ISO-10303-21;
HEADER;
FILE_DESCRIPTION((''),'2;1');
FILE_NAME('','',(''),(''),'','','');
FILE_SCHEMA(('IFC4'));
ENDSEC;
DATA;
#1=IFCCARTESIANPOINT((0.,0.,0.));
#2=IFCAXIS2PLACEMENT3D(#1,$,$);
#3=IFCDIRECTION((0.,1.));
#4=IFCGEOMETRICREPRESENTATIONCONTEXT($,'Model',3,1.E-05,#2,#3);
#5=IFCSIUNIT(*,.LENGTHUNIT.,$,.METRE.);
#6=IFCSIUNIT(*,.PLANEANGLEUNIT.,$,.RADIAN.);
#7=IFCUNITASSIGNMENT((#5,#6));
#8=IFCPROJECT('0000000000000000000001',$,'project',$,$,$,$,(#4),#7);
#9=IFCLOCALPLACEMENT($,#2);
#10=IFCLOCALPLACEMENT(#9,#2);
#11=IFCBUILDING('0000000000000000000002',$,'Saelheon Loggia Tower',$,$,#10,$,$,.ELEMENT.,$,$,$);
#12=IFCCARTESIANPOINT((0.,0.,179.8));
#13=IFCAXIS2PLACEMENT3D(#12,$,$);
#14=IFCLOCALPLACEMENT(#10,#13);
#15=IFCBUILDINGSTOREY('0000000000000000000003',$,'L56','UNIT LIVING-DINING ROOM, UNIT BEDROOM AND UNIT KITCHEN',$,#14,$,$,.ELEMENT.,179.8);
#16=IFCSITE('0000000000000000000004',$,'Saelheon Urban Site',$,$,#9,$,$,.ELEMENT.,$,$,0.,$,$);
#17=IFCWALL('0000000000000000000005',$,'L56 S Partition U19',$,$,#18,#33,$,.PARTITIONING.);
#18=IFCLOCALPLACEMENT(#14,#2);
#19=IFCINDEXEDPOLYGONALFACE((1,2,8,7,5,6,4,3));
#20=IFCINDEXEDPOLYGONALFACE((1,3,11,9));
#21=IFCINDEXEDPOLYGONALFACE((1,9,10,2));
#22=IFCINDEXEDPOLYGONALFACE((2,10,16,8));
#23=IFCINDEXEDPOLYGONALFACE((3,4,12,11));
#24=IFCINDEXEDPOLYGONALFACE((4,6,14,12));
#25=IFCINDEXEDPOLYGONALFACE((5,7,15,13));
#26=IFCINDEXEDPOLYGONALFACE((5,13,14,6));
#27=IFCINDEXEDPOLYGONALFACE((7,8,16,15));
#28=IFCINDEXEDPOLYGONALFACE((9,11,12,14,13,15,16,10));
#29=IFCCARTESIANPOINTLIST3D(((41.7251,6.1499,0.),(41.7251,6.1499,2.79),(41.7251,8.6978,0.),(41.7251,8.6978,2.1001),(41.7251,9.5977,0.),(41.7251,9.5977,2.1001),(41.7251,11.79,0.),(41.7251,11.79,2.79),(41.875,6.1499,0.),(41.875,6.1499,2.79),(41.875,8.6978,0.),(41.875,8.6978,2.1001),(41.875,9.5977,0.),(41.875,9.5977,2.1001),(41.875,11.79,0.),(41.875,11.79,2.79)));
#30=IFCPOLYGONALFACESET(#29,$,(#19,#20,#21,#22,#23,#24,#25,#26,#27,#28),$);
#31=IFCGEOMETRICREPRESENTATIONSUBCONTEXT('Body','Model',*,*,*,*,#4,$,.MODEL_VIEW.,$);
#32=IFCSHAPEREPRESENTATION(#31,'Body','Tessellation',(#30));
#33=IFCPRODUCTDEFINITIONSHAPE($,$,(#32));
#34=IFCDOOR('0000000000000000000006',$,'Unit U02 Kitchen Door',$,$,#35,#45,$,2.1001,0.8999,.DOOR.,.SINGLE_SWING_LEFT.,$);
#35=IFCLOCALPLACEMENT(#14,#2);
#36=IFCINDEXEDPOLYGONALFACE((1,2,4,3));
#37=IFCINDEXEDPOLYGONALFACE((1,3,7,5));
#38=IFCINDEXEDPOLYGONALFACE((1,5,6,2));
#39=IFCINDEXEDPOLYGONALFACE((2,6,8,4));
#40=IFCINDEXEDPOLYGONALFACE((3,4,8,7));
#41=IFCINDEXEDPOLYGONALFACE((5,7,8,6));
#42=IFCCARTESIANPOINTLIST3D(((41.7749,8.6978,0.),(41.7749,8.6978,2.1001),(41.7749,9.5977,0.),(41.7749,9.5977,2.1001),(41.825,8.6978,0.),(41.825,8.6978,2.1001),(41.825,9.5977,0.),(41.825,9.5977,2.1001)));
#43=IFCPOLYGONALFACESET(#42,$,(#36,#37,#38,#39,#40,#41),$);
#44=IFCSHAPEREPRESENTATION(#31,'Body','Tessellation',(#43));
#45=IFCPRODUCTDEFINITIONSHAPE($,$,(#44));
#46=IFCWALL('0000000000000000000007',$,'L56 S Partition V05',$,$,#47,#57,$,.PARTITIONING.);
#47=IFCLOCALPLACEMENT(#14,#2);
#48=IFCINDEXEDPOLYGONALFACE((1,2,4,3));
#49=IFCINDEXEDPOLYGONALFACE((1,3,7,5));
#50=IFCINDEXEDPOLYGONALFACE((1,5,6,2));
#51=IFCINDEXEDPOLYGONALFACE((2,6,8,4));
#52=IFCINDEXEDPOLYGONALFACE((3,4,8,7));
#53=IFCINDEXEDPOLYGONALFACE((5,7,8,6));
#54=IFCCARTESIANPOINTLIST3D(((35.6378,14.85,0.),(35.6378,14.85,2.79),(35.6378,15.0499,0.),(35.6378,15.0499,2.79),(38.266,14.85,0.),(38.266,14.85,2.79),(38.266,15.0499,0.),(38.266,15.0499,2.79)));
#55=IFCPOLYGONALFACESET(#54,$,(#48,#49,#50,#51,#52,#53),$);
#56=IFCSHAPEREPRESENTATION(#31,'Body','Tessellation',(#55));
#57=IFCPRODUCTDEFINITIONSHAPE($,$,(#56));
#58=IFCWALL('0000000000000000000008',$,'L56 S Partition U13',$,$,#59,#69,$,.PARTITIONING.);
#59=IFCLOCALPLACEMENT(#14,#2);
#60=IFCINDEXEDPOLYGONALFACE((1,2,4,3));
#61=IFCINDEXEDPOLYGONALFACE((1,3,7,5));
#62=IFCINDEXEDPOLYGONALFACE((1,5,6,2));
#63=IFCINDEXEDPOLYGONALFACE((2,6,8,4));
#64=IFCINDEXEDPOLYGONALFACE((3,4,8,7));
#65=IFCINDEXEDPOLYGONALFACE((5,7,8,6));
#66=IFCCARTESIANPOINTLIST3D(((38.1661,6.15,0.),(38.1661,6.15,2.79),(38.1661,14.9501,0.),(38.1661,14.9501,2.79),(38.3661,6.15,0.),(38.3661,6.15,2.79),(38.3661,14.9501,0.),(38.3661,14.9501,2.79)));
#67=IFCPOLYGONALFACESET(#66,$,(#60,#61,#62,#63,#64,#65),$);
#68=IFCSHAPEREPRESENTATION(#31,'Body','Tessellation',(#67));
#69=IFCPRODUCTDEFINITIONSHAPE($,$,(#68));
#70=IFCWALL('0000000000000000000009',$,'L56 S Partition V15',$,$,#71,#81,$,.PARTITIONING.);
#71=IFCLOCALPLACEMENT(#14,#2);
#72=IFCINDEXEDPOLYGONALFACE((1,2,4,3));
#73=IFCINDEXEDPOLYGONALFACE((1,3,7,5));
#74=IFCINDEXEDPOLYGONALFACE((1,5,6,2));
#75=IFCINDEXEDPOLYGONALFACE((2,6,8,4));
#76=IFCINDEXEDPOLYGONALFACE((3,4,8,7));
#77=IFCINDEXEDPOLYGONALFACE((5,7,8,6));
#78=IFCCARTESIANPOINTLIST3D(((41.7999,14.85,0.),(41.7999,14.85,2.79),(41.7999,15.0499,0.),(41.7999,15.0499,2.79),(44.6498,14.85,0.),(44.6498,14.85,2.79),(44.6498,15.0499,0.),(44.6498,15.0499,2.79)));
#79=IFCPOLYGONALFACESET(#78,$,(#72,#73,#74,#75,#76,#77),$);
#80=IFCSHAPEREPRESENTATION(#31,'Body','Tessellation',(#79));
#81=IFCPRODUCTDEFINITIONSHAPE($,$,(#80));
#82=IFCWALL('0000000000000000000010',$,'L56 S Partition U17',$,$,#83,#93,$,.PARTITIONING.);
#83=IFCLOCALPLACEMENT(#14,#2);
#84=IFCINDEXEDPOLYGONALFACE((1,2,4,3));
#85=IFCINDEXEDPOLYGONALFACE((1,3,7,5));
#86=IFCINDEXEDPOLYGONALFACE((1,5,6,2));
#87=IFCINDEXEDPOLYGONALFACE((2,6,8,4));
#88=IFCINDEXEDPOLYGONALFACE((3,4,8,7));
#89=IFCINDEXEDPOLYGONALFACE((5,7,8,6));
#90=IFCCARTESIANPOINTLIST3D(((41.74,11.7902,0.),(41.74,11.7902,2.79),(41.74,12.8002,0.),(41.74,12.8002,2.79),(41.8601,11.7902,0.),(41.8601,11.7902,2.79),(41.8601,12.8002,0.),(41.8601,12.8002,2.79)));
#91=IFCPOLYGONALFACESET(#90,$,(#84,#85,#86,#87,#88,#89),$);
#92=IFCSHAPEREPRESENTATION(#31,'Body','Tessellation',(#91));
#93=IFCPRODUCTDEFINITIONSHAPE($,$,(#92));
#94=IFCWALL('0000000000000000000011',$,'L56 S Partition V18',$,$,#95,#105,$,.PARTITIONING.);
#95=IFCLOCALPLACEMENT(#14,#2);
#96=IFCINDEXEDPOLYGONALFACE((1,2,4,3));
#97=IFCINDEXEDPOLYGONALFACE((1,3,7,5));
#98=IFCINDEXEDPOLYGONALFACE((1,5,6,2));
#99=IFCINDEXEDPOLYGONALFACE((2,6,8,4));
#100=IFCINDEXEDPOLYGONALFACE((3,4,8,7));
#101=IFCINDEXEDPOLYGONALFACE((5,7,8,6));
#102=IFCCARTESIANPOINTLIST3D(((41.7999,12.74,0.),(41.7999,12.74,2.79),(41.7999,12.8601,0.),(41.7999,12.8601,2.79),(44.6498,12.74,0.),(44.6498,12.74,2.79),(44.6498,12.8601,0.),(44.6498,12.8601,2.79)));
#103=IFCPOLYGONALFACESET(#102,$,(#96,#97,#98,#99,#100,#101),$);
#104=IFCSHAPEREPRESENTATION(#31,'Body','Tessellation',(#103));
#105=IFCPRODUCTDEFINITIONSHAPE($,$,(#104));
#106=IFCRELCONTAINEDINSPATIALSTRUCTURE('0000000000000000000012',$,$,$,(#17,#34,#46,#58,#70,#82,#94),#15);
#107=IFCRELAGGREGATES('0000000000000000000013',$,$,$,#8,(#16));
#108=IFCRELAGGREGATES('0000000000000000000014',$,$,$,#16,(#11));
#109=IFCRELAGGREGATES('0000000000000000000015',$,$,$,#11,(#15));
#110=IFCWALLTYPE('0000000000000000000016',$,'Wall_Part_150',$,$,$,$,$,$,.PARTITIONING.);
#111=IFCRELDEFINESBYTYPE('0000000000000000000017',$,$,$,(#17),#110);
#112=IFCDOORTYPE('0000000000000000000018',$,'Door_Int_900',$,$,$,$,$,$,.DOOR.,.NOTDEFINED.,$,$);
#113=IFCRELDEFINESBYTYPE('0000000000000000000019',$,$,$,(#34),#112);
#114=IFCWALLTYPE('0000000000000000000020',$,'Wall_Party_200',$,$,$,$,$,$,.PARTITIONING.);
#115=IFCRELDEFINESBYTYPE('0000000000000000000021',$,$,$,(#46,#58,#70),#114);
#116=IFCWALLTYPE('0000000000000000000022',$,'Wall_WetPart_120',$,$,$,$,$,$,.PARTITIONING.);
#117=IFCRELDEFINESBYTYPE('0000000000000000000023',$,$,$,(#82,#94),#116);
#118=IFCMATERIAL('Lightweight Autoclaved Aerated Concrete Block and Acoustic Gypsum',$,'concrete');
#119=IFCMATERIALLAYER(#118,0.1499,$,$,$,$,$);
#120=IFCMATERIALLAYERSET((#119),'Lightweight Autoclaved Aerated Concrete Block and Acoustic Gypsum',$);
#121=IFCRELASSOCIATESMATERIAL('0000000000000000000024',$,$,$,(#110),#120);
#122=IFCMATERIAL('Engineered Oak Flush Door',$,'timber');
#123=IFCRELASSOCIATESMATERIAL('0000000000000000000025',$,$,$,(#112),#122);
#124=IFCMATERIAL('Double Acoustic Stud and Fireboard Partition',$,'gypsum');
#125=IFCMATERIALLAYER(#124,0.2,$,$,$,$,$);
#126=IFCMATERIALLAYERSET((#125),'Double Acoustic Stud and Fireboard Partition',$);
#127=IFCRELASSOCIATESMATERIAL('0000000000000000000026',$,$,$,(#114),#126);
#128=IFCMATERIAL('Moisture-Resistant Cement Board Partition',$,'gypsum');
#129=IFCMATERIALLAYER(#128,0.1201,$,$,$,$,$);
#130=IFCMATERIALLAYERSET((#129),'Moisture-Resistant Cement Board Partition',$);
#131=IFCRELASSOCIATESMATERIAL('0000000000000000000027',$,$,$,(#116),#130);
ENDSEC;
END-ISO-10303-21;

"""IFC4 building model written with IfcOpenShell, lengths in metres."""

from ifc_helpers import new_model, si_unit, direction, frame, frame_2d, origin, place, context, subcontext, project, spatial, rectangle, extrude, source, transform, mapped, material, layer, layer_set, type_object, element, fill, save


model = new_model("IFC4")

# Units and contexts
model_context = context("Model", 3, precision=1e-05, world=origin(), true_north=direction((0.0, 1.0)))
body_context = subcontext(model_context, "Body", "Model", "MODEL_VIEW")
ifc_project = project(units=[si_unit("LENGTHUNIT", "METRE"), si_unit("PLANEANGLEUNIT", "RADIAN")], contexts=[model_context])

# Site, building, storey
site_placement = place(None, origin())
site = spatial("IfcSite", under=ifc_project, at=site_placement, Name="Saelheon Urban Site", CompositionType="ELEMENT", RefElevation=0.0)
building_placement = place(site_placement, origin())
building = spatial("IfcBuilding", under=site, at=building_placement, Name="Saelheon Loggia Tower", CompositionType="ELEMENT")
storey_placement = place(building_placement, frame((0.0, 0.0, 179.8)))
storey = spatial("IfcBuildingStorey", under=building, at=storey_placement, Name="L56", Description="UNIT LIVING-DINING ROOM, UNIT BEDROOM AND UNIT KITCHEN", CompositionType="ELEMENT", Elevation=179.8)

# Shared definitions
ifc_material_1 = material(Name="Lightweight Autoclaved Aerated Concrete Block and Acoustic Gypsum", Category="concrete")
ifc_layer_1 = layer(ifc_material_1, 0.1499)
ifc_layer_set_1 = layer_set([ifc_layer_1], Name="Lightweight Autoclaved Aerated Concrete Block and Acoustic Gypsum")
wall_type_1 = type_object("IfcWallType", Name="Wall_Part_150", PredefinedType="PARTITIONING", material=ifc_layer_set_1)
ifc_material_2 = material(Name="Engineered Oak Flush Door", Category="timber")
door_type_1 = type_object("IfcDoorType", Name="Door_Int_900", OperationType="NOTDEFINED", PredefinedType="DOOR", material=ifc_material_2)
shared_shape_1 = source(origin(), body_context, "Body", "SweptSolid", [
    extrude(rectangle(XDim=0.8999, YDim=2.1001, at=frame_2d((0.45, 1.05))), frame((0.0, 0.0249, 0.0), z_axis=(0.0, -1.0, 0.0), x_axis=(1.0, 0.0, 0.0)), (0.0, 0.0, 1.0), 0.05),
])

# Wall, opening, door
wall_1_placement = place(storey_placement, frame((41.8, 11.79, 0.0), z_axis=(0.0, 0.0, 1.0), x_axis=(0.0, -1.0, 0.0)))
wall_1 = element("IfcWall", 1, at=wall_1_placement, inside=storey, type_object=wall_type_1, Name="L56 S Partition U19", PredefinedType="PARTITIONING", context=body_context, shape_type="SweptSolid", body=[
    extrude(rectangle(XDim=5.6401, YDim=0.1499, at=frame_2d((2.8201, 0.0))), origin(), (0.0, 0.0, 1.0), 2.79),
])
opening_1_placement = place(wall_1_placement, frame((2.1924, 0.0, 0.0)))
opening_1 = element("IfcOpeningElement", 2, at=opening_1_placement, cuts=wall_1, PredefinedType="OPENING", context=body_context, shape_type="SweptSolid", body=[
    extrude(rectangle(XDim=0.8999, YDim=2.1001, at=frame_2d((0.45, 1.05))), frame((0.0, 0.0869, 0.0), z_axis=(0.0, -1.0, 0.0), x_axis=(1.0, 0.0, 0.0)), (0.0, 0.0, 1.0), 0.1738),
])
door_1_placement = place(opening_1_placement, origin())
door_1 = element("IfcDoor", 3, at=door_1_placement, inside=storey, type_object=door_type_1, Name="Unit U02 Kitchen Door", OperationType="SINGLE_SWING_LEFT", OverallHeight=2.1001, OverallWidth=0.8999, PredefinedType="DOOR", context=body_context, shape_type="MappedRepresentation", body=[
    mapped(shared_shape_1, transform((0.0, 0.0, 0.0), scale=1.0)),
])
fill(opening_1, door_1)

# Walls
ifc_material_3 = material(Name="Double Acoustic Stud and Fireboard Partition", Category="gypsum")
ifc_layer_2 = layer(ifc_material_3, 0.2)
ifc_layer_set_2 = layer_set([ifc_layer_2], Name="Double Acoustic Stud and Fireboard Partition")
wall_type_2 = type_object("IfcWallType", Name="Wall_Party_200", PredefinedType="PARTITIONING", material=ifc_layer_set_2)
wall_2_placement = place(storey_placement, frame((35.6379, 14.95, 0.0), z_axis=(0.0, 0.0, 1.0), x_axis=(1.0, 0.0, 0.0)))
element("IfcWall", 4, at=wall_2_placement, inside=storey, type_object=wall_type_2, Name="L56 S Partition V05", PredefinedType="PARTITIONING", context=body_context, shape_type="SweptSolid", body=[
    extrude(rectangle(XDim=2.6282, YDim=0.2, at=frame_2d((1.314, 0.0))), origin(), (0.0, 0.0, 1.0), 2.79),
])
wall_3_placement = place(storey_placement, frame((38.2661, 14.95, 0.0), z_axis=(0.0, 0.0, 1.0), x_axis=(0.0, -1.0, 0.0)))
element("IfcWall", 5, at=wall_3_placement, inside=storey, type_object=wall_type_2, Name="L56 S Partition U13", PredefinedType="PARTITIONING", context=body_context, shape_type="SweptSolid", body=[
    extrude(rectangle(XDim=8.8, YDim=0.2, at=frame_2d((4.3999, 0.0))), origin(), (0.0, 0.0, 1.0), 2.79),
])

# Walls
wall_4_placement = place(storey_placement, frame((41.8, 14.95, 0.0), z_axis=(0.0, 0.0, 1.0), x_axis=(1.0, 0.0, 0.0)))
element("IfcWall", 6, at=wall_4_placement, inside=storey, type_object=wall_type_2, Name="L56 S Partition V15", PredefinedType="PARTITIONING", context=body_context, shape_type="SweptSolid", body=[
    extrude(rectangle(XDim=2.8499, YDim=0.2, at=frame_2d((1.4248, 0.0))), origin(), (0.0, 0.0, 1.0), 2.79),
])
ifc_material_4 = material(Name="Moisture-Resistant Cement Board Partition", Category="gypsum")
ifc_layer_3 = layer(ifc_material_4, 0.1201)
ifc_layer_set_3 = layer_set([ifc_layer_3], Name="Moisture-Resistant Cement Board Partition")
wall_type_3 = type_object("IfcWallType", Name="Wall_WetPart_120", PredefinedType="PARTITIONING", material=ifc_layer_set_3)
wall_5_placement = place(storey_placement, frame((41.8, 12.8, 0.0), z_axis=(0.0, 0.0, 1.0), x_axis=(0.0, -1.0, 0.0)))
element("IfcWall", 7, at=wall_5_placement, inside=storey, type_object=wall_type_3, Name="L56 S Partition U17", PredefinedType="PARTITIONING", context=body_context, shape_type="SweptSolid", body=[
    extrude(rectangle(XDim=1.01, YDim=0.1201, at=frame_2d((0.5049, 0.0))), origin(), (0.0, 0.0, 1.0), 2.79),
])
wall_6_placement = place(storey_placement, frame((41.8, 12.8, 0.0), z_axis=(0.0, 0.0, 1.0), x_axis=(1.0, 0.0, 0.0)))
element("IfcWall", 8, at=wall_6_placement, inside=storey, type_object=wall_type_3, Name="L56 S Partition V18", PredefinedType="PARTITIONING", context=body_context, shape_type="SweptSolid", body=[
    extrude(rectangle(XDim=2.8499, YDim=0.1201, at=frame_2d((1.4248, 0.0))), origin(), (0.0, 0.0, 1.0), 2.79),
])

save(model, "model.ifc")
